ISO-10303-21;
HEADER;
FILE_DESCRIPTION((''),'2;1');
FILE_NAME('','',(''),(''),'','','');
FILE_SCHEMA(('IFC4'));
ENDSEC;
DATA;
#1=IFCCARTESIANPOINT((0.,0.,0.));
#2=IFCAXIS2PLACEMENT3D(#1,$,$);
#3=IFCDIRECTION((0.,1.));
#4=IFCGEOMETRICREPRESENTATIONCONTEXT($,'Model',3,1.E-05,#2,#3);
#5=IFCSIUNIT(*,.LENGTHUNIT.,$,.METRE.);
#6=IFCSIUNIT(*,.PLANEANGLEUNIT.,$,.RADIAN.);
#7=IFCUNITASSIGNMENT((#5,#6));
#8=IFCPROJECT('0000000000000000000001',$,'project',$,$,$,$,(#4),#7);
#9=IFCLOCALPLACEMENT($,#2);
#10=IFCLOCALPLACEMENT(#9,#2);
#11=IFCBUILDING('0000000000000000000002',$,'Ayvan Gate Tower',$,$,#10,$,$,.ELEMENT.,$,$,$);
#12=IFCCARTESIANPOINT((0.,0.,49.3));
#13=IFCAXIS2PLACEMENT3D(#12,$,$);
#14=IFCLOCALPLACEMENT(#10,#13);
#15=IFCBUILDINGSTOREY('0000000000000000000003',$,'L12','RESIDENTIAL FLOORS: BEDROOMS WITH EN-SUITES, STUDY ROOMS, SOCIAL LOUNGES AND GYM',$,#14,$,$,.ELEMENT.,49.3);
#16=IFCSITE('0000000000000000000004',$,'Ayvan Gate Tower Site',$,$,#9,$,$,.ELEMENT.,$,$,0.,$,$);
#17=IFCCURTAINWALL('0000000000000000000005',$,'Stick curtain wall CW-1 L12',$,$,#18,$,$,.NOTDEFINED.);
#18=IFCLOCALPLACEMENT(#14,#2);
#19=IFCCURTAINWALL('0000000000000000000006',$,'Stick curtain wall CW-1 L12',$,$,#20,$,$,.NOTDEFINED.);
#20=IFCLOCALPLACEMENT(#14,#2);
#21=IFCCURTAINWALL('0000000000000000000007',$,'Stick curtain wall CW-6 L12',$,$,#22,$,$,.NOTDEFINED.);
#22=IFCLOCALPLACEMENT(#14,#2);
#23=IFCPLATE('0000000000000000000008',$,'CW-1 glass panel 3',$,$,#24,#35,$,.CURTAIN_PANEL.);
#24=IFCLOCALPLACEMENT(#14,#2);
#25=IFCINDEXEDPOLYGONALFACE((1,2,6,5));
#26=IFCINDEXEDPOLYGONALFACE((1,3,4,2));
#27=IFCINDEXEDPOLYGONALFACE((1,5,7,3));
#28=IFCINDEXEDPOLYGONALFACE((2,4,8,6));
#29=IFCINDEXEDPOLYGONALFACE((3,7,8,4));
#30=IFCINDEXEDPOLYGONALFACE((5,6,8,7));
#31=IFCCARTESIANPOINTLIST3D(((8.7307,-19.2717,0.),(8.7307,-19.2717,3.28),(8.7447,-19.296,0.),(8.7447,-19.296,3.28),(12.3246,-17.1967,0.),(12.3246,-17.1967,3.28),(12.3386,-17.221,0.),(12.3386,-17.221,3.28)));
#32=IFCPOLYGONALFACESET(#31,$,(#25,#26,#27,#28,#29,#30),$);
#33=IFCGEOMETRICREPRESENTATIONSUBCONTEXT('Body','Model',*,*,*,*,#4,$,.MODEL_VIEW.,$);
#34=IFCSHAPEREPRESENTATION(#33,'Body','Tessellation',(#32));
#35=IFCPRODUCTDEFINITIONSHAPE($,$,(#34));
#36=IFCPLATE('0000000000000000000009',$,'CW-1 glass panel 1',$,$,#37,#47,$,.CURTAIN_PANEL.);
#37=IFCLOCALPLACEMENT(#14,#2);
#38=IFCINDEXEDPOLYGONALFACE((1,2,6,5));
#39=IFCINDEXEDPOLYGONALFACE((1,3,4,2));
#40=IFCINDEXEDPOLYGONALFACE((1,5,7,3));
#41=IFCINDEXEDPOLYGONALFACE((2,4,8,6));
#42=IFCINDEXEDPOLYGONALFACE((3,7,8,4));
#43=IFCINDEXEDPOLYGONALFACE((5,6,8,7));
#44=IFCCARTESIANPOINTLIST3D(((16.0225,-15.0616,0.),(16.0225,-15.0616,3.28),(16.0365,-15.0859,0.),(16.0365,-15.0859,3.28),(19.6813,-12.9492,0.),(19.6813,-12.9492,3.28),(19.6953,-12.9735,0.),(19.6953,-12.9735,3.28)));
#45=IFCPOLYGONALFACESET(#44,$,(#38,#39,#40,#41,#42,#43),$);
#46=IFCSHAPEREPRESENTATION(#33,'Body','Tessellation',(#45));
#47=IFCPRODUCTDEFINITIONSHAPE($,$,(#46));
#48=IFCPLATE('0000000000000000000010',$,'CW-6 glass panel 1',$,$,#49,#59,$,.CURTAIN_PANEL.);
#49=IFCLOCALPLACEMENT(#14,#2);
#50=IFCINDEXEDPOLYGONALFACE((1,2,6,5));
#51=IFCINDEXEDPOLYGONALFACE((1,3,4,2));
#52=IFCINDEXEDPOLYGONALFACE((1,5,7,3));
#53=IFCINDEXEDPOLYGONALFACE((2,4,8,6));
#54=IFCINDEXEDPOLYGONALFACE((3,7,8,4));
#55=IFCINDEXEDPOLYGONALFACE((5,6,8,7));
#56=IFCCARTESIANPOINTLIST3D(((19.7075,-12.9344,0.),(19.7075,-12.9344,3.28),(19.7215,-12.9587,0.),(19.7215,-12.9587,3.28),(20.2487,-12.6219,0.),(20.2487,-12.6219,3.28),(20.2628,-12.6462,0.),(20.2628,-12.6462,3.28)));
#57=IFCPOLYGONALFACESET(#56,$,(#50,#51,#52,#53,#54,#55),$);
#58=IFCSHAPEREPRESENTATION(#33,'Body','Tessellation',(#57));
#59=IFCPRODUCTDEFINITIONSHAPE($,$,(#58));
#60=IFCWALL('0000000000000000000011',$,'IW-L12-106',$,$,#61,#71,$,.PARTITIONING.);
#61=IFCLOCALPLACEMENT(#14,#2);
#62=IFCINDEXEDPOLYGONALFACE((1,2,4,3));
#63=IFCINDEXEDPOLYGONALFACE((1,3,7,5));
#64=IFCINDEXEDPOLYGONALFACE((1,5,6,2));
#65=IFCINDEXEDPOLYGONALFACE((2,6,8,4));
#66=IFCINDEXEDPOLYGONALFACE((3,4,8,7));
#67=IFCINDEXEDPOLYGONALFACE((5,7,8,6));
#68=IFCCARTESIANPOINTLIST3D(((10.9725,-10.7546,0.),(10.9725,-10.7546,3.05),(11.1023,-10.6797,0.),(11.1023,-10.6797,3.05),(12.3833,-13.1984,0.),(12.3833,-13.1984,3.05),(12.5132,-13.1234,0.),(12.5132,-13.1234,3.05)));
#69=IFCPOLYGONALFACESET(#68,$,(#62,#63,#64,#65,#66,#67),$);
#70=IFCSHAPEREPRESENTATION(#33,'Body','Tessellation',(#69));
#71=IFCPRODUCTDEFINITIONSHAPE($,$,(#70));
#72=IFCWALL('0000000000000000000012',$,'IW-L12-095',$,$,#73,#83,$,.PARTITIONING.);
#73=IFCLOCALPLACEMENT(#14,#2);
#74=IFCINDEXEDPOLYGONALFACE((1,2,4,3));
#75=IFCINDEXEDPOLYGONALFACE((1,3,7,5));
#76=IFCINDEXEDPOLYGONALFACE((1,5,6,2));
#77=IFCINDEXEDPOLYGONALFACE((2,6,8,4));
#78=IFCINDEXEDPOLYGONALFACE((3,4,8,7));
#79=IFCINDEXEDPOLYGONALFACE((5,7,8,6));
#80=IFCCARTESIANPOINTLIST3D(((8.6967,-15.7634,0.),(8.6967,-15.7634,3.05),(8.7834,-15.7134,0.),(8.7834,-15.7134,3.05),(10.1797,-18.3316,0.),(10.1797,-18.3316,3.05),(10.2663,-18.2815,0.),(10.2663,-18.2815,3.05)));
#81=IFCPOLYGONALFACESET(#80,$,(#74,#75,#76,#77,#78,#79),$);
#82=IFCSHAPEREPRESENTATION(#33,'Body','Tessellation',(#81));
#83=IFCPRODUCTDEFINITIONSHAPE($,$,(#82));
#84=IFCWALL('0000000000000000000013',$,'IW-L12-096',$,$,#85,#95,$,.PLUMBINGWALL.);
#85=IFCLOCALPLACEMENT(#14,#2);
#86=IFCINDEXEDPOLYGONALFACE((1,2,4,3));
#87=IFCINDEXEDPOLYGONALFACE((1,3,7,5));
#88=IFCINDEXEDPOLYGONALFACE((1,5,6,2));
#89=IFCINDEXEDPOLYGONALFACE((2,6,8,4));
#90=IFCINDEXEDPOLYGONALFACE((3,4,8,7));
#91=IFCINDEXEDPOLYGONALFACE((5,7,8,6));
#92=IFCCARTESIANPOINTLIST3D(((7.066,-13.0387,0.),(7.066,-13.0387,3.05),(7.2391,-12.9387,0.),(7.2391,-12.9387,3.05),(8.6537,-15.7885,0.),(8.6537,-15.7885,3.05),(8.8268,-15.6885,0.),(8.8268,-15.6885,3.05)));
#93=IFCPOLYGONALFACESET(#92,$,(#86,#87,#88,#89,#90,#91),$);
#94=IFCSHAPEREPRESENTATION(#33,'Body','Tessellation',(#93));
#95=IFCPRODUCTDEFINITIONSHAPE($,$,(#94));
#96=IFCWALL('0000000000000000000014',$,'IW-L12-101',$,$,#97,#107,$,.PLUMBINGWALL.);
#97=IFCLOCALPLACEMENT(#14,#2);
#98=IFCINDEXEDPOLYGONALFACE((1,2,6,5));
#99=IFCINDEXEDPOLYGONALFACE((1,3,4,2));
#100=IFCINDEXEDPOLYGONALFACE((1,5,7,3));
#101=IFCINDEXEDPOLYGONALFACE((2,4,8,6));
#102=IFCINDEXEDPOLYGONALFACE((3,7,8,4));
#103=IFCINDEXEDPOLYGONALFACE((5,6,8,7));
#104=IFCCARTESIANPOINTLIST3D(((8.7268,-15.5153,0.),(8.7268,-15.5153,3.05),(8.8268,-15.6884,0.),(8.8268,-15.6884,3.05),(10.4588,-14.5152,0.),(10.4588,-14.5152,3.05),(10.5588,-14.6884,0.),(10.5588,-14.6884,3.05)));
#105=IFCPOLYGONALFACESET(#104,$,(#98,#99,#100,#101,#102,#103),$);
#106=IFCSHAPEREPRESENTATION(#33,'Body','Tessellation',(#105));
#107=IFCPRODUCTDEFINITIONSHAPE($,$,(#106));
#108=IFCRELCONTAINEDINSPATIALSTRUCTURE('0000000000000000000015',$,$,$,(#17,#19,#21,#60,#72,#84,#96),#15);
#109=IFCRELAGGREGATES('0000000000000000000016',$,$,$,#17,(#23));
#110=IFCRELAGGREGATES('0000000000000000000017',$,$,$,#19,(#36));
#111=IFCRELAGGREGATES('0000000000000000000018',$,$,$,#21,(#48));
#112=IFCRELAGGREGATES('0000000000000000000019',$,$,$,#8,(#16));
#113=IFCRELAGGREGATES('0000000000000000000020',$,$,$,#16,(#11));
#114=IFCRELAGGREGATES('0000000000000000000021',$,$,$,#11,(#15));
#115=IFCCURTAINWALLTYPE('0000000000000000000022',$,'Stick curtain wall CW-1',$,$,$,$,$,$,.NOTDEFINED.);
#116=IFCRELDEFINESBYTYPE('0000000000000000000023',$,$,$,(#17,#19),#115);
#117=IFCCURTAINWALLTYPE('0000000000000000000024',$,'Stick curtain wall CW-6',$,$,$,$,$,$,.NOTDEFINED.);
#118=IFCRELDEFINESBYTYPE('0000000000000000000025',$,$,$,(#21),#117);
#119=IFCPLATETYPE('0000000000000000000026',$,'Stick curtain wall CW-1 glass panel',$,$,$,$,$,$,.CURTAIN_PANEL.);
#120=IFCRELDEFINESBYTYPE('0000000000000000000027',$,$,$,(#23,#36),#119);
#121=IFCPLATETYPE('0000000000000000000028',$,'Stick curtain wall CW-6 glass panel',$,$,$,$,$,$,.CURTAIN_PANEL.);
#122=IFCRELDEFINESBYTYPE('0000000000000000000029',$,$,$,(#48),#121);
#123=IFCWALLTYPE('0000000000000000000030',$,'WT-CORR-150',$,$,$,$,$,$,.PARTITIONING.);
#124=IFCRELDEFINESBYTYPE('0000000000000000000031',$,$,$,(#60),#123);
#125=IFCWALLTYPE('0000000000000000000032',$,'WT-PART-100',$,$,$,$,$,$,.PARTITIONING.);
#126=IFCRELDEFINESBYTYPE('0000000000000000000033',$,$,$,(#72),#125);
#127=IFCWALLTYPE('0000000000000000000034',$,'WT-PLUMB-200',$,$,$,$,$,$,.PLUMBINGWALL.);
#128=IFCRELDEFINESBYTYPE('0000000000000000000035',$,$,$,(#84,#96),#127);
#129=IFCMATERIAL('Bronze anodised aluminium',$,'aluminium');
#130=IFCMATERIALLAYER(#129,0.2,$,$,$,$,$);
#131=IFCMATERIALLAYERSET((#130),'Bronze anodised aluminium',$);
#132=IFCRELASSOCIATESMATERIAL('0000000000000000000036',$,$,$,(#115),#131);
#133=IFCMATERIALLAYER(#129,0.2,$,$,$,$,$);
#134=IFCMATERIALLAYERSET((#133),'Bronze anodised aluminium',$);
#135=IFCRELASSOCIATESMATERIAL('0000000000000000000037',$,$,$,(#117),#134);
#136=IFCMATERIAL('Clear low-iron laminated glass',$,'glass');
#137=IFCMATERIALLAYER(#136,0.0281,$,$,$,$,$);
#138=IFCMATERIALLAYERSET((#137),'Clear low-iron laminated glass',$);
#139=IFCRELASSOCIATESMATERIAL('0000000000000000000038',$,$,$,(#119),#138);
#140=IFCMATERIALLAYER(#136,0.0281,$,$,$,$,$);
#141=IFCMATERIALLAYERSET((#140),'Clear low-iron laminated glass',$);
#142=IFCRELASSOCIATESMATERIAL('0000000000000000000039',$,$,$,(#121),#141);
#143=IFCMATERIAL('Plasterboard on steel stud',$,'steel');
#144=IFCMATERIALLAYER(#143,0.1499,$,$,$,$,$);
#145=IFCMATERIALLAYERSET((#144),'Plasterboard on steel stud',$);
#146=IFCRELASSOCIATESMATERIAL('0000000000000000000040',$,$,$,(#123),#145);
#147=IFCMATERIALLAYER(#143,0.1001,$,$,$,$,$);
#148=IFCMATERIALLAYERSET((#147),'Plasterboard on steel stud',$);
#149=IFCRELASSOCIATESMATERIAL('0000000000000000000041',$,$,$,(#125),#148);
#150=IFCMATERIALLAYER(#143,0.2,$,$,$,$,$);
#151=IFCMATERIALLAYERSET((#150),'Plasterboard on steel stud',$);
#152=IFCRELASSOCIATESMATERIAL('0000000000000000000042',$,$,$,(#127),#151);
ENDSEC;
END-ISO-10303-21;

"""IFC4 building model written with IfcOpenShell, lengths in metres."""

from ifc_helpers import new_model, si_unit, direction, frame, frame_2d, origin, origin_2d, place, context, subcontext, project, spatial, rectangle, extrude, material, layer, layer_set, type_object, element, aggregate, save


model = new_model("IFC4")

# Units and contexts
model_context = context("Model", 3, precision=1e-05, world=origin(), true_north=direction((0.0, 1.0)))
body_context = subcontext(model_context, "Body", "Model", "MODEL_VIEW")
ifc_project = project(units=[si_unit("LENGTHUNIT", "METRE"), si_unit("PLANEANGLEUNIT", "RADIAN")], contexts=[model_context])

# Site, building, storey
site_placement = place(None, origin())
site = spatial("IfcSite", under=ifc_project, at=site_placement, Name="Ayvan Gate Tower Site", CompositionType="ELEMENT", RefElevation=0.0)
building_placement = place(site_placement, origin())
building = spatial("IfcBuilding", under=site, at=building_placement, Name="Ayvan Gate Tower", CompositionType="ELEMENT")
storey_placement = place(building_placement, frame((0.0, 0.0, 49.3)))
storey = spatial("IfcBuildingStorey", under=building, at=storey_placement, Name="L12", Description="RESIDENTIAL FLOORS: BEDROOMS WITH EN-SUITES, STUDY ROOMS, SOCIAL LOUNGES AND GYM", CompositionType="ELEMENT", Elevation=49.3)

# Curtain walls
ifc_material_1 = material(Name="Bronze anodised aluminium", Category="aluminium")
ifc_layer_1 = layer(ifc_material_1, 0.2)
ifc_layer_set_1 = layer_set([ifc_layer_1], Name="Bronze anodised aluminium")
curtain_wall_type_1 = type_object("IfcCurtainWallType", Name="Stick curtain wall CW-1", PredefinedType="NOTDEFINED", material=ifc_layer_set_1)
curtain_wall_1_placement = place(storey_placement, origin())
curtain_wall_1 = element("IfcCurtainWall", 1, at=curtain_wall_1_placement, inside=storey, type_object=curtain_wall_type_1, Name="Stick curtain wall CW-1 L12", PredefinedType="NOTDEFINED")
curtain_wall_2_placement = place(storey_placement, origin())
curtain_wall_2 = element("IfcCurtainWall", 2, at=curtain_wall_2_placement, inside=storey, type_object=curtain_wall_type_1, Name="Stick curtain wall CW-1 L12", PredefinedType="NOTDEFINED")
ifc_layer_2 = layer(ifc_material_1, 0.2)
ifc_layer_set_2 = layer_set([ifc_layer_2], Name="Bronze anodised aluminium")
curtain_wall_type_2 = type_object("IfcCurtainWallType", Name="Stick curtain wall CW-6", PredefinedType="NOTDEFINED", material=ifc_layer_set_2)
curtain_wall_3_placement = place(storey_placement, origin())
curtain_wall_3 = element("IfcCurtainWall", 3, at=curtain_wall_3_placement, inside=storey, type_object=curtain_wall_type_2, Name="Stick curtain wall CW-6 L12", PredefinedType="NOTDEFINED")

# Plates
ifc_material_2 = material(Name="Clear low-iron laminated glass", Category="glass")
ifc_layer_3 = layer(ifc_material_2, 0.0281)
ifc_layer_set_3 = layer_set([ifc_layer_3], Name="Clear low-iron laminated glass")
plate_type_1 = type_object("IfcPlateType", Name="Stick curtain wall CW-1 glass panel", PredefinedType="CURTAIN_PANEL", material=ifc_layer_set_3)
plate_1_placement = place(storey_placement, frame((10.5347, -18.2463, 0.0), z_axis=(0.0, 0.0, 1.0), x_axis=(0.866025, 0.5, 0.0)))
plate_1 = element("IfcPlate", 4, at=plate_1_placement, type_object=plate_type_1, Name="CW-1 glass panel 3", PredefinedType="CURTAIN_PANEL", context=body_context, shape_type="SweptSolid", body=[
    extrude(rectangle(XDim=4.1499, YDim=0.0281, at=origin_2d()), origin(), (0.0, 0.0, 1.0), 3.28),
])
aggregate(curtain_wall_1, [plate_1])
plate_2_placement = place(storey_placement, frame((17.8589, -14.0176, 0.0), z_axis=(0.0, 0.0, 1.0), x_axis=(0.866025, 0.5, 0.0)))
plate_2 = element("IfcPlate", 5, at=plate_2_placement, type_object=plate_type_1, Name="CW-1 glass panel 1", PredefinedType="CURTAIN_PANEL", context=body_context, shape_type="SweptSolid", body=[
    extrude(rectangle(XDim=4.2249, YDim=0.0281, at=origin_2d()), origin(), (0.0, 0.0, 1.0), 3.28),
])
aggregate(curtain_wall_2, [plate_2])
ifc_layer_4 = layer(ifc_material_2, 0.0281)
ifc_layer_set_4 = layer_set([ifc_layer_4], Name="Clear low-iron laminated glass")
plate_type_2 = type_object("IfcPlateType", Name="Stick curtain wall CW-6 glass panel", PredefinedType="CURTAIN_PANEL", material=ifc_layer_set_4)
plate_3_placement = place(storey_placement, frame((19.9851, -12.7903, 0.0), z_axis=(0.0, 0.0, 1.0), x_axis=(0.866025, 0.5, 0.0)))
plate_3 = element("IfcPlate", 6, at=plate_3_placement, type_object=plate_type_2, Name="CW-6 glass panel 1", PredefinedType="CURTAIN_PANEL", context=body_context, shape_type="SweptSolid", body=[
    extrude(rectangle(XDim=0.625, YDim=0.0281, at=origin_2d()), origin(), (0.0, 0.0, 1.0), 3.28),
])
aggregate(curtain_wall_3, [plate_3])

# Walls
ifc_material_3 = material(Name="Plasterboard on steel stud", Category="steel")
ifc_layer_5 = layer(ifc_material_3, 0.1499)
ifc_layer_set_5 = layer_set([ifc_layer_5], Name="Plasterboard on steel stud")
wall_type_1 = type_object("IfcWallType", Name="WT-CORR-150", PredefinedType="PARTITIONING", material=ifc_layer_set_5)
wall_1_placement = place(storey_placement, frame((12.4482, -13.1609, 0.0), z_axis=(0.0, 0.0, 1.0), x_axis=(-0.499982, 0.866036, 0.0)))
element("IfcWall", 7, at=wall_1_placement, inside=storey, type_object=wall_type_1, Name="IW-L12-106", PredefinedType="PARTITIONING", context=body_context, shape_type="SweptSolid", body=[
    extrude(rectangle(XDim=2.8218, YDim=0.1499, at=frame_2d((1.4109, 0.0))), origin(), (0.0, 0.0, 1.0), 3.05),
])
ifc_layer_6 = layer(ifc_material_3, 0.1001)
ifc_layer_set_6 = layer_set([ifc_layer_6], Name="Plasterboard on steel stud")
wall_type_2 = type_object("IfcWallType", Name="WT-PART-100", PredefinedType="PARTITIONING", material=ifc_layer_set_6)
wall_2_placement = place(storey_placement, frame((8.74, -15.7383, 0.0), z_axis=(0.0, 0.0, 1.0), x_axis=(0.500053, -0.865995, 0.0)))
element("IfcWall", 8, at=wall_2_placement, inside=storey, type_object=wall_type_2, Name="IW-L12-095", PredefinedType="PARTITIONING", context=body_context, shape_type="SweptSolid", body=[
    extrude(rectangle(XDim=2.9656, YDim=0.1001, at=frame_2d((1.4829, 0.0))), origin(), (0.0, 0.0, 1.0), 3.05),
])
ifc_layer_7 = layer(ifc_material_3, 0.2)
ifc_layer_set_7 = layer_set([ifc_layer_7], Name="Plasterboard on steel stud")
wall_type_3 = type_object("IfcWallType", Name="WT-PLUMB-200", PredefinedType="PLUMBINGWALL", material=ifc_layer_set_7)
wall_3_placement = place(storey_placement, frame((8.7402, -15.7385, 0.0), z_axis=(0.0, 0.0, 1.0), x_axis=(-0.500018, 0.866015, 0.0)))
element("IfcWall", 9, at=wall_3_placement, inside=storey, type_object=wall_type_3, Name="IW-L12-096", PredefinedType="PLUMBINGWALL", context=body_context, shape_type="SweptSolid", body=[
    extrude(rectangle(XDim=3.1753, YDim=0.2, at=frame_2d((1.5876, 0.0))), origin(), (0.0, 0.0, 1.0), 3.05),
])
wall_4_placement = place(storey_placement, frame((10.5088, -14.6018, 0.0), z_axis=(0.0, 0.0, 1.0), x_axis=(-0.866011, -0.500025, 0.0)))
element("IfcWall", 10, at=wall_4_placement, inside=storey, type_object=wall_type_3, Name="IW-L12-101", PredefinedType="PLUMBINGWALL", context=body_context, shape_type="SweptSolid", body=[
    extrude(rectangle(XDim=2.0, YDim=0.2, at=frame_2d((1.0, 0.0))), origin(), (0.0, 0.0, 1.0), 3.05),
])

save(model, "model.ifc")
